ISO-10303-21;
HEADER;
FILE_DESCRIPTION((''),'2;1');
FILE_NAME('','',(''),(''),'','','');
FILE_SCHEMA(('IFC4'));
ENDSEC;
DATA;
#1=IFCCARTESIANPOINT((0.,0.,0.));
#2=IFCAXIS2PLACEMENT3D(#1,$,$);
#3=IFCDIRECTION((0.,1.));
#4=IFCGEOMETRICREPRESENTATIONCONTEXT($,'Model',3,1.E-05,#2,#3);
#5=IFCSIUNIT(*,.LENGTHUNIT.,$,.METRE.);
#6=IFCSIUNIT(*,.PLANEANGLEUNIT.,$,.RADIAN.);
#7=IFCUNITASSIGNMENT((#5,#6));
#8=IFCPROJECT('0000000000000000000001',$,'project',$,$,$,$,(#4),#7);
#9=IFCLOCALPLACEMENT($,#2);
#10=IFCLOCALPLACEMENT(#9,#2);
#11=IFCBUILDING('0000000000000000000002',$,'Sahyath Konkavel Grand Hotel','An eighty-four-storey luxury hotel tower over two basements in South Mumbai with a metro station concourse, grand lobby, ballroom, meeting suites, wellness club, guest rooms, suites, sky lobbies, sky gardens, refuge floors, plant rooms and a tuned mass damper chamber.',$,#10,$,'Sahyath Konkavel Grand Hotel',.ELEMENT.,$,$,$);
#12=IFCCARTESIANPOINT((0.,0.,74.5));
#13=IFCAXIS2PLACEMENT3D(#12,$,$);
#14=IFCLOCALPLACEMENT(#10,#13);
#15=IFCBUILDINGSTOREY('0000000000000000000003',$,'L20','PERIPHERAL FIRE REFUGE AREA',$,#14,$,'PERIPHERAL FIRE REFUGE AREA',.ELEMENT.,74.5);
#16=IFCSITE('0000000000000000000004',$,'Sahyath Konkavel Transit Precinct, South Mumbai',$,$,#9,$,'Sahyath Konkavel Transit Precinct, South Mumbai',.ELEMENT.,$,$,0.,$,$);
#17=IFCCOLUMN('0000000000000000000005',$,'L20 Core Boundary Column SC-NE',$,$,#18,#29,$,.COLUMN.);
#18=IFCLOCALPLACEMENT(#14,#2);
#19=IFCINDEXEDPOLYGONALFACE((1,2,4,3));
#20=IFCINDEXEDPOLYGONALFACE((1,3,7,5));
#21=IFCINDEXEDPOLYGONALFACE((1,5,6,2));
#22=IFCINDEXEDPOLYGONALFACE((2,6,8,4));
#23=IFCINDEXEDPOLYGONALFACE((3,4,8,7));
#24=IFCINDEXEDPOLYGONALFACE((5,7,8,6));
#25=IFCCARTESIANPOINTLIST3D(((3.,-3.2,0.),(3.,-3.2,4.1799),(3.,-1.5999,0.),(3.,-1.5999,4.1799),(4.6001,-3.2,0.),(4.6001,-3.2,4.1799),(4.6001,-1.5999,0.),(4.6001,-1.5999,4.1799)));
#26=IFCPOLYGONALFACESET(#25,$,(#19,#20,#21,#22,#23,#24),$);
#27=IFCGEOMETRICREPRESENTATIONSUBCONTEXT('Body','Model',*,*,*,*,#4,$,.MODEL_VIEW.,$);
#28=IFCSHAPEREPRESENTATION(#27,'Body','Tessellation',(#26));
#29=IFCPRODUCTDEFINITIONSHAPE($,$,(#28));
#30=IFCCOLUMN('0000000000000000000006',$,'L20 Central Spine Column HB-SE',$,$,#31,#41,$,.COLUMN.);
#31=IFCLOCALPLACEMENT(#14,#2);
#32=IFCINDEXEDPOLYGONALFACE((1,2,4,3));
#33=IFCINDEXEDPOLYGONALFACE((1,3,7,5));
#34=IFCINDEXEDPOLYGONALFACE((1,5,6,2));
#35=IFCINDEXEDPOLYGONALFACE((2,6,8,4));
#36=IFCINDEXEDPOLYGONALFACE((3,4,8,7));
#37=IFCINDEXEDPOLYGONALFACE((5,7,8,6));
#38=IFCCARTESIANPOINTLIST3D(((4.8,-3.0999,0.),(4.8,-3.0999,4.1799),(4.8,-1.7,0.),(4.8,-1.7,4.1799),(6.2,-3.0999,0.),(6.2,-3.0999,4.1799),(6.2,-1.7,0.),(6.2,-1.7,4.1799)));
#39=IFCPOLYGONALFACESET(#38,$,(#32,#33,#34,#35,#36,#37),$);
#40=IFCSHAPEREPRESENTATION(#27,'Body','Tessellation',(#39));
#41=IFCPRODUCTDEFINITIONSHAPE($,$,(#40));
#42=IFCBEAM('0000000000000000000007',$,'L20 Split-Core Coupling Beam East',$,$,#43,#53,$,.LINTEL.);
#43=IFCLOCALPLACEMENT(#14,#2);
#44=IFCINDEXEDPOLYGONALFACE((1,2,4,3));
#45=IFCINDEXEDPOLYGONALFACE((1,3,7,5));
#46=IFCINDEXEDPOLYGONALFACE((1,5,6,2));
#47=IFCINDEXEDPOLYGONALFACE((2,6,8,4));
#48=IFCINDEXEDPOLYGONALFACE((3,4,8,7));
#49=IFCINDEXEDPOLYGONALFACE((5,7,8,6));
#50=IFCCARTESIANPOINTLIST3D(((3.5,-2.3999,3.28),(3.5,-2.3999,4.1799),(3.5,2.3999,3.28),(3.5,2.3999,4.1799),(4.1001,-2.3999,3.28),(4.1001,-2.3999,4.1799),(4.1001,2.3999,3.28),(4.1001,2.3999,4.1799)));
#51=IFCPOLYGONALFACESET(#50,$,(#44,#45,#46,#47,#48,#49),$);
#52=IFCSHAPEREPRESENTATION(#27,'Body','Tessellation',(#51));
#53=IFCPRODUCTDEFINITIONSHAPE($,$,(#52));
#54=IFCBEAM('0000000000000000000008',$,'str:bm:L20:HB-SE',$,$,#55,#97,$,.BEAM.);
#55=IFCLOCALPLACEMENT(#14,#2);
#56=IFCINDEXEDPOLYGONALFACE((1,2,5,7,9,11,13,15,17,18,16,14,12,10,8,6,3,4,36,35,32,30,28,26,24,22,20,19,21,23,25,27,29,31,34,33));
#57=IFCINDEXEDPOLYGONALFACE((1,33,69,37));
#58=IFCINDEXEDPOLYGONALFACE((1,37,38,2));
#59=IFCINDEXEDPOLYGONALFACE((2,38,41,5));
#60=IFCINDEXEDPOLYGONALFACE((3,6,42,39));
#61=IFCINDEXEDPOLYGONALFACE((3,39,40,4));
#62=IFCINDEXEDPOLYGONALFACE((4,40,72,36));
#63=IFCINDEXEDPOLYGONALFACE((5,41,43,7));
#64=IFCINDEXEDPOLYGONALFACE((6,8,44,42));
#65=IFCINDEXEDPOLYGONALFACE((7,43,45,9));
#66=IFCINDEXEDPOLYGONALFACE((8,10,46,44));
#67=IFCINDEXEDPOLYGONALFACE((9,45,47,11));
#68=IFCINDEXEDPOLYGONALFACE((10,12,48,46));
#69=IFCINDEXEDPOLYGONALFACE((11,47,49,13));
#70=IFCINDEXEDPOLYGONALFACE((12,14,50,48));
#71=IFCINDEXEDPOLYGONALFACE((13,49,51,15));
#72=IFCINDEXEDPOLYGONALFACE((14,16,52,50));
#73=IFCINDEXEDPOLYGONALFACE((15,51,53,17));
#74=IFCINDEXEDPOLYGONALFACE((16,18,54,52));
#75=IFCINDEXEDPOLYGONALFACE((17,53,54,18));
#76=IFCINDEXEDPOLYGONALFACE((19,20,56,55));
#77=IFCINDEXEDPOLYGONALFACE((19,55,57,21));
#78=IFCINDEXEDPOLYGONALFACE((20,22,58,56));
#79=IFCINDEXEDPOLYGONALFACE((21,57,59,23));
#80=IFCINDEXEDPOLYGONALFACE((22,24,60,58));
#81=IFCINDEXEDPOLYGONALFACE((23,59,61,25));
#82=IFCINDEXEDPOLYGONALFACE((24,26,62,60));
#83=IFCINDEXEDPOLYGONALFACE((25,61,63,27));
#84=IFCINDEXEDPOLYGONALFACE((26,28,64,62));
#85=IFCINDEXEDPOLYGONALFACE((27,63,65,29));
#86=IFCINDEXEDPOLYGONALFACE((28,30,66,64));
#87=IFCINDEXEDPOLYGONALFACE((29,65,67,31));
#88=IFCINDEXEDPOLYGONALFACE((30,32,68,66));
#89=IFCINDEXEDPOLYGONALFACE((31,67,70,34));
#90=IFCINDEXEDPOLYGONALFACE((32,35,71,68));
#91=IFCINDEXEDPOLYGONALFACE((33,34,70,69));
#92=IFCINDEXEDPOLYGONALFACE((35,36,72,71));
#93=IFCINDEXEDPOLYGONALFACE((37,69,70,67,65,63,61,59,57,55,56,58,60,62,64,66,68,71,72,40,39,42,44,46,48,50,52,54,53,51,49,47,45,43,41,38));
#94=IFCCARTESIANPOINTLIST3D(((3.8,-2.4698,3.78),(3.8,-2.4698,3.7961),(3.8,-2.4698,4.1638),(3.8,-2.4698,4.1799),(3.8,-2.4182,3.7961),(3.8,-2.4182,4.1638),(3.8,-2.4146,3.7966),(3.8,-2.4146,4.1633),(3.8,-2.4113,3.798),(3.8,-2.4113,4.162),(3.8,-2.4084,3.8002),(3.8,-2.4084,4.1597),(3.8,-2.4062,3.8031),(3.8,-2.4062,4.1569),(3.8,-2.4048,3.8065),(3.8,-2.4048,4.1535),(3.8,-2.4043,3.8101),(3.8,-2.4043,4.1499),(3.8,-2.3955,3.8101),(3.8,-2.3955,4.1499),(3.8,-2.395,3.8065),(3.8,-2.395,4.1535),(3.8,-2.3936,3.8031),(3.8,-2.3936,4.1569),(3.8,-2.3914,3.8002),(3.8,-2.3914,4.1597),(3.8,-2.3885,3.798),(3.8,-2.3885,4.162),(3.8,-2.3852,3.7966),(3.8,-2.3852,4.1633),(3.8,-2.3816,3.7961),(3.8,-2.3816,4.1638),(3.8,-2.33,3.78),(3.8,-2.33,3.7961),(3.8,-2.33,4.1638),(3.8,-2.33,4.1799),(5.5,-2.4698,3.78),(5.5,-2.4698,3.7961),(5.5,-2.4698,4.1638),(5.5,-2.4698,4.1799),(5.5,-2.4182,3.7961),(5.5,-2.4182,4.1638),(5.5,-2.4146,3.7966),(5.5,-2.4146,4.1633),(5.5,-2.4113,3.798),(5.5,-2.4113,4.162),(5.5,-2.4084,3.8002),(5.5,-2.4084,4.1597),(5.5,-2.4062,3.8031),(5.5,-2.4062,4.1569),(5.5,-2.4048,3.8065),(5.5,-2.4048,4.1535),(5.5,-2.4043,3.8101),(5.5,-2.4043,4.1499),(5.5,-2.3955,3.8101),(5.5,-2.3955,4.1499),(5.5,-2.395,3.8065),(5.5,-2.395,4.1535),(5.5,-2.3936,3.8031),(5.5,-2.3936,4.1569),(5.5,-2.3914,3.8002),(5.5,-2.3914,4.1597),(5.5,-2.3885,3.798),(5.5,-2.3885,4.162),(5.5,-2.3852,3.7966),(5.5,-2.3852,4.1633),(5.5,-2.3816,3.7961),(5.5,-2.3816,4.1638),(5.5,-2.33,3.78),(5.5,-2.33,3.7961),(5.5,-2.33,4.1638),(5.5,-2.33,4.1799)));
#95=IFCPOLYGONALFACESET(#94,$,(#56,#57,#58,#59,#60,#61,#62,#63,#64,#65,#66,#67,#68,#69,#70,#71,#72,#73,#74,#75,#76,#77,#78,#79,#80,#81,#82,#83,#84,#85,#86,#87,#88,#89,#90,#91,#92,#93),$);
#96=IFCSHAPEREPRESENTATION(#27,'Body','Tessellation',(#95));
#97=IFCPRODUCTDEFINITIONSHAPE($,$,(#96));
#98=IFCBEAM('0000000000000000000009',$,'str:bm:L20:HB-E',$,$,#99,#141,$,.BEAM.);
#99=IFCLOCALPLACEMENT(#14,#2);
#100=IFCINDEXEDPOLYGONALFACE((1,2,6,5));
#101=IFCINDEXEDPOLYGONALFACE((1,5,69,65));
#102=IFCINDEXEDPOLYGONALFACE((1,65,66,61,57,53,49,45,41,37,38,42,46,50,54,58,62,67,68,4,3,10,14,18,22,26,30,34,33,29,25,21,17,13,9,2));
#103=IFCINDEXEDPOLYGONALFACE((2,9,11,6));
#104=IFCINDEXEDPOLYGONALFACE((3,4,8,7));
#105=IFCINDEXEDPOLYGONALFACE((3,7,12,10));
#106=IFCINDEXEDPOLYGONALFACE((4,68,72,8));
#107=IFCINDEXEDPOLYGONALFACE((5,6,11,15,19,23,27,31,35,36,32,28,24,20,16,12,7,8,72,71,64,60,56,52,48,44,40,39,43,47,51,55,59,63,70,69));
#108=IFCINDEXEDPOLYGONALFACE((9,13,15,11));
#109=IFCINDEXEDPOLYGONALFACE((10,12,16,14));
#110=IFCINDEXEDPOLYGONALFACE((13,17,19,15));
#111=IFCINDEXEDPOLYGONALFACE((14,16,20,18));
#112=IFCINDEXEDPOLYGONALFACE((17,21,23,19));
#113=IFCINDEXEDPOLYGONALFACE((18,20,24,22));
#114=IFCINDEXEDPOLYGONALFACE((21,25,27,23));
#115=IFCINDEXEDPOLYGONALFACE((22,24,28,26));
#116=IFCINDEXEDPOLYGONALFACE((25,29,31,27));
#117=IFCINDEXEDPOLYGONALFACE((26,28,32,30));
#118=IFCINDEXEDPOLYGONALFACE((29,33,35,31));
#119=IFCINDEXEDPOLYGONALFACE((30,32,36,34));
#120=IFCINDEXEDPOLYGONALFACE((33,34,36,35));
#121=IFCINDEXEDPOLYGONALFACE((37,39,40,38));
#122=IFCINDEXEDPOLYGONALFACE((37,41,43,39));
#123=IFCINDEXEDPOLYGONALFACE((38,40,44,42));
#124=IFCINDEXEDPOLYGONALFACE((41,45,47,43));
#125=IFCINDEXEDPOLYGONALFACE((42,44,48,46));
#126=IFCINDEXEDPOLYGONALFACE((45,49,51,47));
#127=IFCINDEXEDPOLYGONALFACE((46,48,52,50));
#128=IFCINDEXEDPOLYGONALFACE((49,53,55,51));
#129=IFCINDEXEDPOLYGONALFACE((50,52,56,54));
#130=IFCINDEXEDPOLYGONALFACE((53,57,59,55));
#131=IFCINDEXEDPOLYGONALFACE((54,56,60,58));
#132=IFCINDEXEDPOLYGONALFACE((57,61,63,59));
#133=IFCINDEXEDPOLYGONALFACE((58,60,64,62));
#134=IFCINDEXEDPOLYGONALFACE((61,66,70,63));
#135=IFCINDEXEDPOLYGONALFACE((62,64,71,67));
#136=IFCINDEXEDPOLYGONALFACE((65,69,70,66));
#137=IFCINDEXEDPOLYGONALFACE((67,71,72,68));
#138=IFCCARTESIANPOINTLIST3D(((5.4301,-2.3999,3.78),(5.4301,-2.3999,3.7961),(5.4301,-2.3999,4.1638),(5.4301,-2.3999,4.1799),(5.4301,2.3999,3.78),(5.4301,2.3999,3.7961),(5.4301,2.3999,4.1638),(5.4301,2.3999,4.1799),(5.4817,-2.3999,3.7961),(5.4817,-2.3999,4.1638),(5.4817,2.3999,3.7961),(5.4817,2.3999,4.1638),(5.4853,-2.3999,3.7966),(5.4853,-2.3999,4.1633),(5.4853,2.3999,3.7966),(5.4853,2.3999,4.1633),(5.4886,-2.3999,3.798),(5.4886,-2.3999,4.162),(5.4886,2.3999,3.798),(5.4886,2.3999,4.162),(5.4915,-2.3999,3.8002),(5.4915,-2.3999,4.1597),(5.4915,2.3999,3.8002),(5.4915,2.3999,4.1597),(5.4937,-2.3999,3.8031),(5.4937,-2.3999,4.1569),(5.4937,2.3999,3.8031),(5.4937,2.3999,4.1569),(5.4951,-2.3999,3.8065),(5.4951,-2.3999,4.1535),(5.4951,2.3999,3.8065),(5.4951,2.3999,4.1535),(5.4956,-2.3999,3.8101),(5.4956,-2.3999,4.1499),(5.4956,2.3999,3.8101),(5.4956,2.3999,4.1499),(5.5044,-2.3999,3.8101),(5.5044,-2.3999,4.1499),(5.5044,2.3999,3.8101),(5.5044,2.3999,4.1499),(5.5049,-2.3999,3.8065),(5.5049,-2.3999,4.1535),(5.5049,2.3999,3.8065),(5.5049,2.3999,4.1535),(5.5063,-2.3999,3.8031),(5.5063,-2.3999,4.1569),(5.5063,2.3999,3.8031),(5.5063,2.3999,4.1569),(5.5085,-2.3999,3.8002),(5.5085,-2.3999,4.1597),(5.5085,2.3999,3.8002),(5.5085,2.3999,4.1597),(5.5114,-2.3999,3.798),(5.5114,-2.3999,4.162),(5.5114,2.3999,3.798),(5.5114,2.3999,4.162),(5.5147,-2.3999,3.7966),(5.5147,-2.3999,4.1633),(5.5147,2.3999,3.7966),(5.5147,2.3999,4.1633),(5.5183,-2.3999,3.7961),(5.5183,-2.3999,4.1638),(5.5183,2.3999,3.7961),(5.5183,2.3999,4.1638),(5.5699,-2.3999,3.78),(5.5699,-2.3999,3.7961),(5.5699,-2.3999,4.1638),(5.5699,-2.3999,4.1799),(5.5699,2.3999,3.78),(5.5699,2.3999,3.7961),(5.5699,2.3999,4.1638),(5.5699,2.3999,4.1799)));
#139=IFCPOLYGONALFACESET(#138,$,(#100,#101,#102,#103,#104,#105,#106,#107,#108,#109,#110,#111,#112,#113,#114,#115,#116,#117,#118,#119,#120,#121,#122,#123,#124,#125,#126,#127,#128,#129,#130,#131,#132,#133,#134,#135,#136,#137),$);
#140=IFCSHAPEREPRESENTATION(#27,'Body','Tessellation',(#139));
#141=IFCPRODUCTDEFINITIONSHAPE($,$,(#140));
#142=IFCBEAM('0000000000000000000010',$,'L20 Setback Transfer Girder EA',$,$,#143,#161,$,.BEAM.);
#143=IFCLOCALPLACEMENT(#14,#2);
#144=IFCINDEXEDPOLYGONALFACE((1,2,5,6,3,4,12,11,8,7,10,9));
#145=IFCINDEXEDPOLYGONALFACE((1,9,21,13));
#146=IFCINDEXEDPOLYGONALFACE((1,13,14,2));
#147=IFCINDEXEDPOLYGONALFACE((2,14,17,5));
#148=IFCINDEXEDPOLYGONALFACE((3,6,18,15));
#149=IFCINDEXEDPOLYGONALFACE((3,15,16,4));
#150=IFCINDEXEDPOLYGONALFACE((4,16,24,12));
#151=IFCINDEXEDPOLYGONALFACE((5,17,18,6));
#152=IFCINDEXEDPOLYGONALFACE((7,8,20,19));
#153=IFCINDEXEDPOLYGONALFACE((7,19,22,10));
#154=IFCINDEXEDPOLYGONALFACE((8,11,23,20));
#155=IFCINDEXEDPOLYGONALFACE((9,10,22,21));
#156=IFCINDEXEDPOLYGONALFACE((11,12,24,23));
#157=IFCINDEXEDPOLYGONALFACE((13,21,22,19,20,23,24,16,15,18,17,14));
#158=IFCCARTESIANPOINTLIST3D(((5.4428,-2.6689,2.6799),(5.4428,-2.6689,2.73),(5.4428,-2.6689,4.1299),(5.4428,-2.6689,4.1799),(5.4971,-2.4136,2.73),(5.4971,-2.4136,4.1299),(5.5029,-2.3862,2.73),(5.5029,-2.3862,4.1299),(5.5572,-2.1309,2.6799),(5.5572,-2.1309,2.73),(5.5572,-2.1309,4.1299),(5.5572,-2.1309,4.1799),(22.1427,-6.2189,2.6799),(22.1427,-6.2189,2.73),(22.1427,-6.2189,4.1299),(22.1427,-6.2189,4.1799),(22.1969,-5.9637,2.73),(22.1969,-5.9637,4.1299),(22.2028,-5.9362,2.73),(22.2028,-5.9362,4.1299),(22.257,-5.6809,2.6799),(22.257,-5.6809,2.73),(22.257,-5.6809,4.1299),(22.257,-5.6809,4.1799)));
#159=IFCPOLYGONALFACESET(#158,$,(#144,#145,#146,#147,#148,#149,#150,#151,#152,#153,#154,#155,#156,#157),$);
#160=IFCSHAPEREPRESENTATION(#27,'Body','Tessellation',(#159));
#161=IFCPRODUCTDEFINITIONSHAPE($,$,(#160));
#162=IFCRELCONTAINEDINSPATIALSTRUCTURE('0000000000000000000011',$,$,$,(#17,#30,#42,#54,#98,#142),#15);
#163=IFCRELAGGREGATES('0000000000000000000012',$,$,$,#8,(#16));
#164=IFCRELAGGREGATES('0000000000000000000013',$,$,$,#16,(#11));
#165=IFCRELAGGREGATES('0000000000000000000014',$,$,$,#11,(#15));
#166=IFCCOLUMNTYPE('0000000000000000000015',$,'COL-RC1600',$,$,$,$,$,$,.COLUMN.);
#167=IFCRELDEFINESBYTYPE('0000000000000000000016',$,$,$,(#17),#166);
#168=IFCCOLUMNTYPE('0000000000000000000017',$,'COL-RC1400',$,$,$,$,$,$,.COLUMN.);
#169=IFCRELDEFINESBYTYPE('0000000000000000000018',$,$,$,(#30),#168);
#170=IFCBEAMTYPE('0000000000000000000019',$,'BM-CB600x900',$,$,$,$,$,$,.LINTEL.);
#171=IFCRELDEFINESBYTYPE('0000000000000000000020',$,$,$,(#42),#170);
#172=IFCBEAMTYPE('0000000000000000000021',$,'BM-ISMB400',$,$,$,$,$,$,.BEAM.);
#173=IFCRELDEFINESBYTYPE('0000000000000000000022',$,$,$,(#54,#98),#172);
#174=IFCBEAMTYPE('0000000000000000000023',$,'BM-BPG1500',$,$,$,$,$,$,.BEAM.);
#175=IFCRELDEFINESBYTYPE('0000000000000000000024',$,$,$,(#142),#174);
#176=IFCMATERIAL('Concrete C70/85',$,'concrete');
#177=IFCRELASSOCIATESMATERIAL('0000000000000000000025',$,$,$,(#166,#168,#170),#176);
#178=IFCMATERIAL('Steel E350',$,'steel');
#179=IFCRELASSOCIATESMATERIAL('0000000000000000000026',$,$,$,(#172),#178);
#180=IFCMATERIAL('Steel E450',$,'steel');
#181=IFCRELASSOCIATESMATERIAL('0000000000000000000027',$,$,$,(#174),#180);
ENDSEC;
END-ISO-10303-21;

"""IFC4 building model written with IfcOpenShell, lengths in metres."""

from ifc_helpers import new_model, si_unit, direction, frame, origin, origin_2d, place, context, subcontext, project, spatial, rectangle, i_section, extrude, source, transform, mapped, material, material_profile, profile_set, type_object, element, save


model = new_model("IFC4")

# Units and contexts
model_context = context("Model", 3, precision=1e-05, world=origin(), true_north=direction((0.0, 1.0)))
body_context = subcontext(model_context, "Body", "Model", "MODEL_VIEW")
ifc_project = project(units=[si_unit("LENGTHUNIT", "METRE"), si_unit("PLANEANGLEUNIT", "RADIAN")], contexts=[model_context])

# Site, building, storey
site_placement = place(None, origin())
site = spatial("IfcSite", under=ifc_project, at=site_placement, Name="Sahyath Konkavel Transit Precinct, South Mumbai", LongName="Sahyath Konkavel Transit Precinct, South Mumbai", CompositionType="ELEMENT", RefElevation=0.0)
building_placement = place(site_placement, origin())
building = spatial("IfcBuilding", under=site, at=building_placement, Name="Sahyath Konkavel Grand Hotel", Description="An eighty-four-storey luxury hotel tower over two basements in South Mumbai with a metro station concourse, grand lobby, ballroom, meeting suites, wellness club, guest rooms, suites, sky lobbies, sky gardens, refuge floors, plant rooms and a tuned mass damper chamber.", LongName="Sahyath Konkavel Grand Hotel", CompositionType="ELEMENT")
storey_placement = place(building_placement, frame((0.0, 0.0, 74.5)))
storey = spatial("IfcBuildingStorey", under=building, at=storey_placement, Name="L20", Description="PERIPHERAL FIRE REFUGE AREA", LongName="PERIPHERAL FIRE REFUGE AREA", CompositionType="ELEMENT", Elevation=74.5)

# Columns
ifc_material_1 = material(Name="Concrete C70/85", Category="concrete")
ifc_material_profile_1 = material_profile(ifc_material_1, rectangle(XDim=1.6001, YDim=1.6001, at=origin_2d()), Name="RC 1600x1600")
ifc_profile_set_1 = profile_set([ifc_material_profile_1], Name="Concrete C70/85")
column_type_1 = type_object("IfcColumnType", Name="COL-RC1600", PredefinedType="COLUMN", material=ifc_profile_set_1)
shared_shape_1 = source(origin(), body_context, "Body", "SweptSolid", [
    extrude(rectangle(XDim=1.6001, YDim=1.6001, at=origin_2d()), origin(), (0.0, 0.0, 1.0), 4.1799),
])
column_1_placement = place(storey_placement, frame((3.8, -2.3999, 0.0), z_axis=(0.0, 0.0, 1.0), x_axis=(1.0, 0.0, 0.0)))
element("IfcColumn", 1, at=column_1_placement, inside=storey, type_object=column_type_1, Name="L20 Core Boundary Column SC-NE", PredefinedType="COLUMN", context=body_context, shape_type="MappedRepresentation", body=[
    mapped(shared_shape_1, transform((0.0, 0.0, 0.0), scale=1.0)),
])
ifc_material_profile_2 = material_profile(ifc_material_1, rectangle(XDim=1.3999, YDim=1.3999, at=origin_2d()), Name="RC 1400x1400")
ifc_profile_set_2 = profile_set([ifc_material_profile_2], Name="Concrete C70/85")
column_type_2 = type_object("IfcColumnType", Name="COL-RC1400", PredefinedType="COLUMN", material=ifc_profile_set_2)
shared_shape_2 = source(origin(), body_context, "Body", "SweptSolid", [
    extrude(rectangle(XDim=1.3999, YDim=1.3999, at=origin_2d()), origin(), (0.0, 0.0, 1.0), 4.1799),
])
column_2_placement = place(storey_placement, frame((5.5, -2.3999, 0.0), z_axis=(0.0, 0.0, 1.0), x_axis=(1.0, 0.0, 0.0)))
element("IfcColumn", 2, at=column_2_placement, inside=storey, type_object=column_type_2, Name="L20 Central Spine Column HB-SE", PredefinedType="COLUMN", context=body_context, shape_type="MappedRepresentation", body=[
    mapped(shared_shape_2, transform((0.0, 0.0, 0.0), scale=1.0)),
])

# Beams
ifc_material_profile_3 = material_profile(ifc_material_1, rectangle(XDim=0.6001, YDim=0.8999, at=origin_2d()), Name="RC 600x900")
ifc_profile_set_3 = profile_set([ifc_material_profile_3], Name="Concrete C70/85")
beam_type_1 = type_object("IfcBeamType", Name="BM-CB600x900", PredefinedType="LINTEL", material=ifc_profile_set_3)
shared_shape_3 = source(origin(), body_context, "Body", "SweptSolid", [
    extrude(rectangle(XDim=0.6001, YDim=0.8999, at=origin_2d()), origin(), (0.0, 0.0, 1.0), 4.7998),
])
beam_1_placement = place(storey_placement, frame((3.8, -2.3999, 3.73), z_axis=(0.0, 1.0, 0.0), x_axis=(-1.0, 0.0, 0.0)))
element("IfcBeam", 3, at=beam_1_placement, inside=storey, type_object=beam_type_1, Name="L20 Split-Core Coupling Beam East", PredefinedType="LINTEL", context=body_context, shape_type="MappedRepresentation", body=[
    mapped(shared_shape_3, transform((0.0, 0.0, 0.0), scale=1.0)),
])
ifc_material_2 = material(Name="Steel E350", Category="steel")
ifc_material_profile_4 = material_profile(ifc_material_2, i_section(OverallWidth=0.1399, OverallDepth=0.3999, WebThickness=0.0088, FlangeThickness=0.0161, FilletRadius=0.0139, at=origin_2d()), Name="ISMB 400")
ifc_profile_set_4 = profile_set([ifc_material_profile_4], Name="Steel E350")
beam_type_2 = type_object("IfcBeamType", Name="BM-ISMB400", PredefinedType="BEAM", material=ifc_profile_set_4)
shared_shape_4 = source(origin(), body_context, "Body", "SweptSolid", [
    extrude(i_section(OverallWidth=0.1399, OverallDepth=0.3999, WebThickness=0.0088, FlangeThickness=0.0161, FilletRadius=0.0139, at=origin_2d()), origin(), (0.0, 0.0, 1.0), 1.7),
])
beam_2_placement = place(storey_placement, frame((3.8, -2.3999, 3.98), z_axis=(1.0, 0.0, 0.0), x_axis=(0.0, 1.0, 0.0)))
element("IfcBeam", 4, at=beam_2_placement, inside=storey, type_object=beam_type_2, Name="str:bm:L20:HB-SE", PredefinedType="BEAM", context=body_context, shape_type="MappedRepresentation", body=[
    mapped(shared_shape_4, transform((0.0, 0.0, 0.0), scale=1.0)),
])
shared_shape_5 = source(origin(), body_context, "Body", "SweptSolid", [
    extrude(i_section(OverallWidth=0.1399, OverallDepth=0.3999, WebThickness=0.0088, FlangeThickness=0.0161, FilletRadius=0.0139, at=origin_2d()), origin(), (0.0, 0.0, 1.0), 4.7998),
])
beam_3_placement = place(storey_placement, frame((5.5, -2.3999, 3.98), z_axis=(0.0, 1.0, 0.0), x_axis=(-1.0, 0.0, 0.0)))
element("IfcBeam", 5, at=beam_3_placement, inside=storey, type_object=beam_type_2, Name="str:bm:L20:HB-E", PredefinedType="BEAM", context=body_context, shape_type="MappedRepresentation", body=[
    mapped(shared_shape_5, transform((0.0, 0.0, 0.0), scale=1.0)),
])
ifc_material_3 = material(Name="Steel E450", Category="steel")
ifc_material_profile_5 = material_profile(ifc_material_3, i_section(OverallWidth=0.55, OverallDepth=1.5, WebThickness=0.0281, FlangeThickness=0.05, at=origin_2d()), Name="BPG 1500x550")
ifc_profile_set_5 = profile_set([ifc_material_profile_5], Name="Steel E450")
beam_type_3 = type_object("IfcBeamType", Name="BM-BPG1500", PredefinedType="BEAM", material=ifc_profile_set_5)
shared_shape_6 = source(origin(), body_context, "Body", "SweptSolid", [
    extrude(i_section(OverallWidth=0.55, OverallDepth=1.5, WebThickness=0.0281, FlangeThickness=0.05, at=origin_2d()), origin(), (0.0, 0.0, 1.0), 17.073),
])
beam_4_placement = place(storey_placement, frame((5.5, -2.3999, 3.4299), z_axis=(0.978143, -0.207932, 0.0), x_axis=(0.207932, 0.978143, 0.0)))
element("IfcBeam", 6, at=beam_4_placement, inside=storey, type_object=beam_type_3, Name="L20 Setback Transfer Girder EA", PredefinedType="BEAM", context=body_context, shape_type="MappedRepresentation", body=[
    mapped(shared_shape_6, transform((0.0, 0.0, 0.0), scale=1.0)),
])

save(model, "model.ifc")
